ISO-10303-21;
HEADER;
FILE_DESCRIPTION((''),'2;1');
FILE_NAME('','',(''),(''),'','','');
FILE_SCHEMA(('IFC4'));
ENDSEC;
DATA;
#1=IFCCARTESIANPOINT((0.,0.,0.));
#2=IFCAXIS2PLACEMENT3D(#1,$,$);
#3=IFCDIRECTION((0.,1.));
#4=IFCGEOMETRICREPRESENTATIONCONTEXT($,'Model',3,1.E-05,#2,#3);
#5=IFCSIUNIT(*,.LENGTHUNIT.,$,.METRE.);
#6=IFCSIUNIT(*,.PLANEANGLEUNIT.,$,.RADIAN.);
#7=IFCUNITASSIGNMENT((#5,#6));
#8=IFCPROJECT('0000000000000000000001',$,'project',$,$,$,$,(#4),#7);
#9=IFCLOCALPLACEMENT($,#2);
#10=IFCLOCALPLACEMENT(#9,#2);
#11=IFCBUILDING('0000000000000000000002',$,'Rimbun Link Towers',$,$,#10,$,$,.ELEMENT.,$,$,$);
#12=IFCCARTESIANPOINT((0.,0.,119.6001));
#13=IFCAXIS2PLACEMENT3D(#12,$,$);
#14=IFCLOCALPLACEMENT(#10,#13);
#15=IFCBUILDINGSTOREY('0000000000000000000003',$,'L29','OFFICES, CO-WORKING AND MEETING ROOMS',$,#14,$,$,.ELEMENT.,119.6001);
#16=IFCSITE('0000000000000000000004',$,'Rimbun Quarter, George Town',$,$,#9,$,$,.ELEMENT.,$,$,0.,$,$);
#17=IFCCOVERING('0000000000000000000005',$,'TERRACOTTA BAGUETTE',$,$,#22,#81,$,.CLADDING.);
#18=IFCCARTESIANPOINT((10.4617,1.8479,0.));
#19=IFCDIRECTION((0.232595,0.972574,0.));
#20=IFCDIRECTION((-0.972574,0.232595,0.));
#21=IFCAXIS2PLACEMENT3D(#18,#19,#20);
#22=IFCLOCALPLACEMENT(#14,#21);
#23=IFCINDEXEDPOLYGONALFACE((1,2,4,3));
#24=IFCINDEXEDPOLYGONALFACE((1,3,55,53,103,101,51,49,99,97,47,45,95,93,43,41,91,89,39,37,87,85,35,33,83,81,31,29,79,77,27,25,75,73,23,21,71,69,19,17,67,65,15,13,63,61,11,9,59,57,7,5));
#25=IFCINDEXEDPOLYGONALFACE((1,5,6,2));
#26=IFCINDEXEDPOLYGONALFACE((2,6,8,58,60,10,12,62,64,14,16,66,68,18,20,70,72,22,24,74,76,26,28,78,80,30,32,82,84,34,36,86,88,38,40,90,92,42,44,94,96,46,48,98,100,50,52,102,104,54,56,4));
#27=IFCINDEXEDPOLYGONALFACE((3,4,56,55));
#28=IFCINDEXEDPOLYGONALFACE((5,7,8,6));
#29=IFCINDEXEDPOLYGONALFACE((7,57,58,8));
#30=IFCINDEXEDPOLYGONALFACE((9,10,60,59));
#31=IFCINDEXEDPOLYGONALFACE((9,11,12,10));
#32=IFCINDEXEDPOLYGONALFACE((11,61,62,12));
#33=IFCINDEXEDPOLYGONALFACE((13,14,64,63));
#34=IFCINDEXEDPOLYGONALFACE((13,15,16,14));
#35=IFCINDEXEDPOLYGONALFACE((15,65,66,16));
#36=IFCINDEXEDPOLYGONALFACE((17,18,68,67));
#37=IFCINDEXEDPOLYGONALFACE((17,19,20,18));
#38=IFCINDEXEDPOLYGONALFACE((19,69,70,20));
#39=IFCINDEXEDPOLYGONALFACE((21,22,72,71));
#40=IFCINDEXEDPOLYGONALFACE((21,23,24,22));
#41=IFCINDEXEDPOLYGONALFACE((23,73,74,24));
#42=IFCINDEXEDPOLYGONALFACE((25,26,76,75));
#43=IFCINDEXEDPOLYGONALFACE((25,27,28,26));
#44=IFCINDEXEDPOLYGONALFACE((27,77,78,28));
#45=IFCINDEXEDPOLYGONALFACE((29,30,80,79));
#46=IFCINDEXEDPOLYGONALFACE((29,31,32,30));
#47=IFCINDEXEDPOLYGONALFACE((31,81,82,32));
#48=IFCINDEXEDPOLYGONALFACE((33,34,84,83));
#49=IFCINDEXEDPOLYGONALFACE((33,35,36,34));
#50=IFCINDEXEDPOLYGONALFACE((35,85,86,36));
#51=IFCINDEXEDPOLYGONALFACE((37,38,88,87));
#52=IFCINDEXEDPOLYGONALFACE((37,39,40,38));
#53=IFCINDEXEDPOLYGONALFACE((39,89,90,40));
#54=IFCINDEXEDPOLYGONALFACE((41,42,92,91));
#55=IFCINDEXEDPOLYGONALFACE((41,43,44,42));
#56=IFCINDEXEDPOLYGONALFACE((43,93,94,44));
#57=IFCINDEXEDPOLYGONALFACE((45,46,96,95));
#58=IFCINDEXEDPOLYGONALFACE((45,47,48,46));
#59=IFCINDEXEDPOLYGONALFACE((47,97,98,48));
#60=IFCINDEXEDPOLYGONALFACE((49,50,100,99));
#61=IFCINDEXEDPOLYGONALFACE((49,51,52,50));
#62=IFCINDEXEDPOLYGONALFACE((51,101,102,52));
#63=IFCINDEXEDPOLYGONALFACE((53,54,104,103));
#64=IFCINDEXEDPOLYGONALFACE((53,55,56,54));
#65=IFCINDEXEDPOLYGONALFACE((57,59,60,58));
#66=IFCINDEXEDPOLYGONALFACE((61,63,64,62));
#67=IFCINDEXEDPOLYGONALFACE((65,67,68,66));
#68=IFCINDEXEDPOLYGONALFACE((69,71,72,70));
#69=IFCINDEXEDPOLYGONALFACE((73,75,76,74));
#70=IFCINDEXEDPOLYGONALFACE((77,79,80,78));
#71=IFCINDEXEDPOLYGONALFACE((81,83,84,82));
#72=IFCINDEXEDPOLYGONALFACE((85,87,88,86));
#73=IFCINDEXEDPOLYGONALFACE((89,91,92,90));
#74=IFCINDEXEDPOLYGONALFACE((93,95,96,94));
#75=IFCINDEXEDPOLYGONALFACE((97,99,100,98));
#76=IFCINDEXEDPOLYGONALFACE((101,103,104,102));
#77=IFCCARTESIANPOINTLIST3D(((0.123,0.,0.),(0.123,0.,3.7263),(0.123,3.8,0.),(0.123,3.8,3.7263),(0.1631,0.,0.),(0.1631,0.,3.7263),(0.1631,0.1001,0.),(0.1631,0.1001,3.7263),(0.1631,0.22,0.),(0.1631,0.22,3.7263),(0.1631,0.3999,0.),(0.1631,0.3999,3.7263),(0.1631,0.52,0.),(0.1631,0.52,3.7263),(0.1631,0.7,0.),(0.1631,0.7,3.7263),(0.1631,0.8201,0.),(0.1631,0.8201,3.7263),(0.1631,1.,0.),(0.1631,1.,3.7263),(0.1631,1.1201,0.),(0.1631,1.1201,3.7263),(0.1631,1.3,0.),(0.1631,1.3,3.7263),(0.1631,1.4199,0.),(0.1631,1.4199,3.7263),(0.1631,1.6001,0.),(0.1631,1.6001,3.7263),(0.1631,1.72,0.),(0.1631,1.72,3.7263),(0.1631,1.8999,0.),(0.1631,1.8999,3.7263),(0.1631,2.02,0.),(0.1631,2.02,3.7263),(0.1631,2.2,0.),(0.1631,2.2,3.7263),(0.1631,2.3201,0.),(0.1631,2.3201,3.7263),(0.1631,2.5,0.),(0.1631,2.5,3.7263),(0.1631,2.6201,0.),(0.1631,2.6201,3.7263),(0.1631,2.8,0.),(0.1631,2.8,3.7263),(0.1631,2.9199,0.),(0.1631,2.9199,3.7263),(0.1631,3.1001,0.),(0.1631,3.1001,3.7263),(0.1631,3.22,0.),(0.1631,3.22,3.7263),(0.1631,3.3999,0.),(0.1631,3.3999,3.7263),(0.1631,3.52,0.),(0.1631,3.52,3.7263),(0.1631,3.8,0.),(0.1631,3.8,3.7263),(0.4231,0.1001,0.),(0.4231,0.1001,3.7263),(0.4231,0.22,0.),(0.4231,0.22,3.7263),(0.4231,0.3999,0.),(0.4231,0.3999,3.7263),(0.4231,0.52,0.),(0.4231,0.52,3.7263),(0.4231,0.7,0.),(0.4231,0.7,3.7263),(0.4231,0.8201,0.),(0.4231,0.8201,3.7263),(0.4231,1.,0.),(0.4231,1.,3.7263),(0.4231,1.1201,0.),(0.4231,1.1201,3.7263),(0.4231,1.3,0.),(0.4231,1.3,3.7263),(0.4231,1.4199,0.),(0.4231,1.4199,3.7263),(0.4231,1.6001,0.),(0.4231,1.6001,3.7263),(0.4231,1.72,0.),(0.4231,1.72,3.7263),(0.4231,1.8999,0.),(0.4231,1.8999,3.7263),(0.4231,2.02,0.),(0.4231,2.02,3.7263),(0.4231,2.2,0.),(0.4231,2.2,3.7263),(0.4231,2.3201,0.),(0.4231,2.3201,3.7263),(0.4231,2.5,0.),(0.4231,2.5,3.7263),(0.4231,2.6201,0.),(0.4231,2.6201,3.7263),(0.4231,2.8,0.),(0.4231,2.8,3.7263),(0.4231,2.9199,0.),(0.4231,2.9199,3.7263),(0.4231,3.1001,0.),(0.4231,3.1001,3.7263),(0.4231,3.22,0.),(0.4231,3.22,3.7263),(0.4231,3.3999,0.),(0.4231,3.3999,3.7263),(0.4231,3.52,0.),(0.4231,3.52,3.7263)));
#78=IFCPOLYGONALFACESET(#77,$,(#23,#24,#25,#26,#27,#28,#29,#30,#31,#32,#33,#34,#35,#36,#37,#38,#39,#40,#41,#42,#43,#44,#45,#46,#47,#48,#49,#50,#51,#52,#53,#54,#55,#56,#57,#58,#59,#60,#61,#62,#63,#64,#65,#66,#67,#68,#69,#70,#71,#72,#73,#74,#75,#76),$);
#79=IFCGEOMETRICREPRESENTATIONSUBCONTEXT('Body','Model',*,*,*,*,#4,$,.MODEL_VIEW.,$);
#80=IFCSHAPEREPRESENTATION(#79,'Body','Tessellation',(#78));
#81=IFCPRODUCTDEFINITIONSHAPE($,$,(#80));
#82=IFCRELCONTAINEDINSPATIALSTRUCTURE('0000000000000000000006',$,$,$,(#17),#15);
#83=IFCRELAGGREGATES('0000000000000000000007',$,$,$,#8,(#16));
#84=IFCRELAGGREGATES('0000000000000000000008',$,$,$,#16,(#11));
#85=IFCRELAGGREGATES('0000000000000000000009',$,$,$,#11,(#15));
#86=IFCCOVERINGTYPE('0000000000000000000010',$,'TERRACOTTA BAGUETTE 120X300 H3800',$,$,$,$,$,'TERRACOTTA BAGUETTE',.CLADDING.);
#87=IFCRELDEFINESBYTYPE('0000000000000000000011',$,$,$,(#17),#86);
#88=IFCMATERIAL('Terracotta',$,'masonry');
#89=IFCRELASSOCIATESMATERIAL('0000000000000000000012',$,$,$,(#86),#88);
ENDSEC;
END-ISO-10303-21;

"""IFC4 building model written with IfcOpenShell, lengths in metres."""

from ifc_helpers import new_model, si_unit, direction, frame, origin, place, context, subcontext, project, spatial, polyline, outline, extrude, material, material_profile, profile_set, type_object, element, save


model = new_model("IFC4")

# Units and contexts
model_context = context("Model", 3, precision=1e-05, world=origin(), true_north=direction((0.0, 1.0)))
body_context = subcontext(model_context, "Body", "Model", "MODEL_VIEW")
ifc_project = project(units=[si_unit("LENGTHUNIT", "METRE"), si_unit("PLANEANGLEUNIT", "RADIAN")], contexts=[model_context])

# Site, building, storey
site_placement = place(None, origin())
site = spatial("IfcSite", under=ifc_project, at=site_placement, Name="Rimbun Quarter, George Town", CompositionType="ELEMENT", RefElevation=0.0)
building_placement = place(site_placement, origin())
building = spatial("IfcBuilding", under=site, at=building_placement, Name="Rimbun Link Towers", CompositionType="ELEMENT")
storey_placement = place(building_placement, frame((0.0, 0.0, 119.6001)))
storey = spatial("IfcBuildingStorey", under=building, at=storey_placement, Name="L29", Description="OFFICES, CO-WORKING AND MEETING ROOMS", CompositionType="ELEMENT", Elevation=119.6001)

# Covering
ifc_material_1 = material(Name="Terracotta", Category="masonry")
ifc_material_profile_1 = material_profile(ifc_material_1, outline(polyline([(0.123, 0.0), (0.1631, 0.0), (0.1631, 0.1001), (0.4231, 0.1001), (0.4231, 0.22), (0.1631, 0.22), (0.1631, 0.3999), (0.4231, 0.3999), (0.4231, 0.52), (0.1631, 0.52), (0.1631, 0.7), (0.4231, 0.7), (0.4231, 0.8201), (0.1631, 0.8201), (0.1631, 1.0), (0.4231, 1.0), (0.4231, 1.1201), (0.1631, 1.1201), (0.1631, 1.3), (0.4231, 1.3), (0.4231, 1.4199), (0.1631, 1.4199), (0.1631, 1.6001), (0.4231, 1.6001), (0.4231, 1.72), (0.1631, 1.72), (0.1631, 1.8999), (0.4231, 1.8999), (0.4231, 2.02), (0.1631, 2.02), (0.1631, 2.2), (0.4231, 2.2), (0.4231, 2.3201), (0.1631, 2.3201), (0.1631, 2.5), (0.4231, 2.5), (0.4231, 2.6201), (0.1631, 2.6201), (0.1631, 2.8), (0.4231, 2.8), (0.4231, 2.9199), (0.1631, 2.9199), (0.1631, 3.1001), (0.4231, 3.1001), (0.4231, 3.22), (0.1631, 3.22), (0.1631, 3.3999), (0.4231, 3.3999), (0.4231, 3.52), (0.1631, 3.52), (0.1631, 3.8), (0.123, 3.8), (0.123, 0.0)])), Name="BAGUETTE 120X300")
ifc_profile_set_1 = profile_set([ifc_material_profile_1], Name="Terracotta")
covering_type_1 = type_object("IfcCoveringType", Name="TERRACOTTA BAGUETTE 120X300 H3800", ElementType="TERRACOTTA BAGUETTE", PredefinedType="CLADDING", material=ifc_profile_set_1)
covering_1_placement = place(storey_placement, frame((10.4617, 1.8479, 0.0), z_axis=(0.232595, 0.972574, 0.0), x_axis=(-0.972574, 0.232595, 0.0)))
element("IfcCovering", 1, at=covering_1_placement, inside=storey, type_object=covering_type_1, Name="TERRACOTTA BAGUETTE", PredefinedType="CLADDING", context=body_context, shape_type="SweptSolid", body=[
    extrude(outline(polyline([(0.123, 0.0), (0.1631, 0.0), (0.1631, 0.1001), (0.4231, 0.1001), (0.4231, 0.22), (0.1631, 0.22), (0.1631, 0.3999), (0.4231, 0.3999), (0.4231, 0.52), (0.1631, 0.52), (0.1631, 0.7), (0.4231, 0.7), (0.4231, 0.8201), (0.1631, 0.8201), (0.1631, 1.0), (0.4231, 1.0), (0.4231, 1.1201), (0.1631, 1.1201), (0.1631, 1.3), (0.4231, 1.3), (0.4231, 1.4199), (0.1631, 1.4199), (0.1631, 1.6001), (0.4231, 1.6001), (0.4231, 1.72), (0.1631, 1.72), (0.1631, 1.8999), (0.4231, 1.8999), (0.4231, 2.02), (0.1631, 2.02), (0.1631, 2.2), (0.4231, 2.2), (0.4231, 2.3201), (0.1631, 2.3201), (0.1631, 2.5), (0.4231, 2.5), (0.4231, 2.6201), (0.1631, 2.6201), (0.1631, 2.8), (0.4231, 2.8), (0.4231, 2.9199), (0.1631, 2.9199), (0.1631, 3.1001), (0.4231, 3.1001), (0.4231, 3.22), (0.1631, 3.22), (0.1631, 3.3999), (0.4231, 3.3999), (0.4231, 3.52), (0.1631, 3.52), (0.1631, 3.8), (0.123, 3.8), (0.123, 0.0)])), origin(), (0.0, 0.0, 1.0), 3.7263),
])

save(model, "model.ifc")
